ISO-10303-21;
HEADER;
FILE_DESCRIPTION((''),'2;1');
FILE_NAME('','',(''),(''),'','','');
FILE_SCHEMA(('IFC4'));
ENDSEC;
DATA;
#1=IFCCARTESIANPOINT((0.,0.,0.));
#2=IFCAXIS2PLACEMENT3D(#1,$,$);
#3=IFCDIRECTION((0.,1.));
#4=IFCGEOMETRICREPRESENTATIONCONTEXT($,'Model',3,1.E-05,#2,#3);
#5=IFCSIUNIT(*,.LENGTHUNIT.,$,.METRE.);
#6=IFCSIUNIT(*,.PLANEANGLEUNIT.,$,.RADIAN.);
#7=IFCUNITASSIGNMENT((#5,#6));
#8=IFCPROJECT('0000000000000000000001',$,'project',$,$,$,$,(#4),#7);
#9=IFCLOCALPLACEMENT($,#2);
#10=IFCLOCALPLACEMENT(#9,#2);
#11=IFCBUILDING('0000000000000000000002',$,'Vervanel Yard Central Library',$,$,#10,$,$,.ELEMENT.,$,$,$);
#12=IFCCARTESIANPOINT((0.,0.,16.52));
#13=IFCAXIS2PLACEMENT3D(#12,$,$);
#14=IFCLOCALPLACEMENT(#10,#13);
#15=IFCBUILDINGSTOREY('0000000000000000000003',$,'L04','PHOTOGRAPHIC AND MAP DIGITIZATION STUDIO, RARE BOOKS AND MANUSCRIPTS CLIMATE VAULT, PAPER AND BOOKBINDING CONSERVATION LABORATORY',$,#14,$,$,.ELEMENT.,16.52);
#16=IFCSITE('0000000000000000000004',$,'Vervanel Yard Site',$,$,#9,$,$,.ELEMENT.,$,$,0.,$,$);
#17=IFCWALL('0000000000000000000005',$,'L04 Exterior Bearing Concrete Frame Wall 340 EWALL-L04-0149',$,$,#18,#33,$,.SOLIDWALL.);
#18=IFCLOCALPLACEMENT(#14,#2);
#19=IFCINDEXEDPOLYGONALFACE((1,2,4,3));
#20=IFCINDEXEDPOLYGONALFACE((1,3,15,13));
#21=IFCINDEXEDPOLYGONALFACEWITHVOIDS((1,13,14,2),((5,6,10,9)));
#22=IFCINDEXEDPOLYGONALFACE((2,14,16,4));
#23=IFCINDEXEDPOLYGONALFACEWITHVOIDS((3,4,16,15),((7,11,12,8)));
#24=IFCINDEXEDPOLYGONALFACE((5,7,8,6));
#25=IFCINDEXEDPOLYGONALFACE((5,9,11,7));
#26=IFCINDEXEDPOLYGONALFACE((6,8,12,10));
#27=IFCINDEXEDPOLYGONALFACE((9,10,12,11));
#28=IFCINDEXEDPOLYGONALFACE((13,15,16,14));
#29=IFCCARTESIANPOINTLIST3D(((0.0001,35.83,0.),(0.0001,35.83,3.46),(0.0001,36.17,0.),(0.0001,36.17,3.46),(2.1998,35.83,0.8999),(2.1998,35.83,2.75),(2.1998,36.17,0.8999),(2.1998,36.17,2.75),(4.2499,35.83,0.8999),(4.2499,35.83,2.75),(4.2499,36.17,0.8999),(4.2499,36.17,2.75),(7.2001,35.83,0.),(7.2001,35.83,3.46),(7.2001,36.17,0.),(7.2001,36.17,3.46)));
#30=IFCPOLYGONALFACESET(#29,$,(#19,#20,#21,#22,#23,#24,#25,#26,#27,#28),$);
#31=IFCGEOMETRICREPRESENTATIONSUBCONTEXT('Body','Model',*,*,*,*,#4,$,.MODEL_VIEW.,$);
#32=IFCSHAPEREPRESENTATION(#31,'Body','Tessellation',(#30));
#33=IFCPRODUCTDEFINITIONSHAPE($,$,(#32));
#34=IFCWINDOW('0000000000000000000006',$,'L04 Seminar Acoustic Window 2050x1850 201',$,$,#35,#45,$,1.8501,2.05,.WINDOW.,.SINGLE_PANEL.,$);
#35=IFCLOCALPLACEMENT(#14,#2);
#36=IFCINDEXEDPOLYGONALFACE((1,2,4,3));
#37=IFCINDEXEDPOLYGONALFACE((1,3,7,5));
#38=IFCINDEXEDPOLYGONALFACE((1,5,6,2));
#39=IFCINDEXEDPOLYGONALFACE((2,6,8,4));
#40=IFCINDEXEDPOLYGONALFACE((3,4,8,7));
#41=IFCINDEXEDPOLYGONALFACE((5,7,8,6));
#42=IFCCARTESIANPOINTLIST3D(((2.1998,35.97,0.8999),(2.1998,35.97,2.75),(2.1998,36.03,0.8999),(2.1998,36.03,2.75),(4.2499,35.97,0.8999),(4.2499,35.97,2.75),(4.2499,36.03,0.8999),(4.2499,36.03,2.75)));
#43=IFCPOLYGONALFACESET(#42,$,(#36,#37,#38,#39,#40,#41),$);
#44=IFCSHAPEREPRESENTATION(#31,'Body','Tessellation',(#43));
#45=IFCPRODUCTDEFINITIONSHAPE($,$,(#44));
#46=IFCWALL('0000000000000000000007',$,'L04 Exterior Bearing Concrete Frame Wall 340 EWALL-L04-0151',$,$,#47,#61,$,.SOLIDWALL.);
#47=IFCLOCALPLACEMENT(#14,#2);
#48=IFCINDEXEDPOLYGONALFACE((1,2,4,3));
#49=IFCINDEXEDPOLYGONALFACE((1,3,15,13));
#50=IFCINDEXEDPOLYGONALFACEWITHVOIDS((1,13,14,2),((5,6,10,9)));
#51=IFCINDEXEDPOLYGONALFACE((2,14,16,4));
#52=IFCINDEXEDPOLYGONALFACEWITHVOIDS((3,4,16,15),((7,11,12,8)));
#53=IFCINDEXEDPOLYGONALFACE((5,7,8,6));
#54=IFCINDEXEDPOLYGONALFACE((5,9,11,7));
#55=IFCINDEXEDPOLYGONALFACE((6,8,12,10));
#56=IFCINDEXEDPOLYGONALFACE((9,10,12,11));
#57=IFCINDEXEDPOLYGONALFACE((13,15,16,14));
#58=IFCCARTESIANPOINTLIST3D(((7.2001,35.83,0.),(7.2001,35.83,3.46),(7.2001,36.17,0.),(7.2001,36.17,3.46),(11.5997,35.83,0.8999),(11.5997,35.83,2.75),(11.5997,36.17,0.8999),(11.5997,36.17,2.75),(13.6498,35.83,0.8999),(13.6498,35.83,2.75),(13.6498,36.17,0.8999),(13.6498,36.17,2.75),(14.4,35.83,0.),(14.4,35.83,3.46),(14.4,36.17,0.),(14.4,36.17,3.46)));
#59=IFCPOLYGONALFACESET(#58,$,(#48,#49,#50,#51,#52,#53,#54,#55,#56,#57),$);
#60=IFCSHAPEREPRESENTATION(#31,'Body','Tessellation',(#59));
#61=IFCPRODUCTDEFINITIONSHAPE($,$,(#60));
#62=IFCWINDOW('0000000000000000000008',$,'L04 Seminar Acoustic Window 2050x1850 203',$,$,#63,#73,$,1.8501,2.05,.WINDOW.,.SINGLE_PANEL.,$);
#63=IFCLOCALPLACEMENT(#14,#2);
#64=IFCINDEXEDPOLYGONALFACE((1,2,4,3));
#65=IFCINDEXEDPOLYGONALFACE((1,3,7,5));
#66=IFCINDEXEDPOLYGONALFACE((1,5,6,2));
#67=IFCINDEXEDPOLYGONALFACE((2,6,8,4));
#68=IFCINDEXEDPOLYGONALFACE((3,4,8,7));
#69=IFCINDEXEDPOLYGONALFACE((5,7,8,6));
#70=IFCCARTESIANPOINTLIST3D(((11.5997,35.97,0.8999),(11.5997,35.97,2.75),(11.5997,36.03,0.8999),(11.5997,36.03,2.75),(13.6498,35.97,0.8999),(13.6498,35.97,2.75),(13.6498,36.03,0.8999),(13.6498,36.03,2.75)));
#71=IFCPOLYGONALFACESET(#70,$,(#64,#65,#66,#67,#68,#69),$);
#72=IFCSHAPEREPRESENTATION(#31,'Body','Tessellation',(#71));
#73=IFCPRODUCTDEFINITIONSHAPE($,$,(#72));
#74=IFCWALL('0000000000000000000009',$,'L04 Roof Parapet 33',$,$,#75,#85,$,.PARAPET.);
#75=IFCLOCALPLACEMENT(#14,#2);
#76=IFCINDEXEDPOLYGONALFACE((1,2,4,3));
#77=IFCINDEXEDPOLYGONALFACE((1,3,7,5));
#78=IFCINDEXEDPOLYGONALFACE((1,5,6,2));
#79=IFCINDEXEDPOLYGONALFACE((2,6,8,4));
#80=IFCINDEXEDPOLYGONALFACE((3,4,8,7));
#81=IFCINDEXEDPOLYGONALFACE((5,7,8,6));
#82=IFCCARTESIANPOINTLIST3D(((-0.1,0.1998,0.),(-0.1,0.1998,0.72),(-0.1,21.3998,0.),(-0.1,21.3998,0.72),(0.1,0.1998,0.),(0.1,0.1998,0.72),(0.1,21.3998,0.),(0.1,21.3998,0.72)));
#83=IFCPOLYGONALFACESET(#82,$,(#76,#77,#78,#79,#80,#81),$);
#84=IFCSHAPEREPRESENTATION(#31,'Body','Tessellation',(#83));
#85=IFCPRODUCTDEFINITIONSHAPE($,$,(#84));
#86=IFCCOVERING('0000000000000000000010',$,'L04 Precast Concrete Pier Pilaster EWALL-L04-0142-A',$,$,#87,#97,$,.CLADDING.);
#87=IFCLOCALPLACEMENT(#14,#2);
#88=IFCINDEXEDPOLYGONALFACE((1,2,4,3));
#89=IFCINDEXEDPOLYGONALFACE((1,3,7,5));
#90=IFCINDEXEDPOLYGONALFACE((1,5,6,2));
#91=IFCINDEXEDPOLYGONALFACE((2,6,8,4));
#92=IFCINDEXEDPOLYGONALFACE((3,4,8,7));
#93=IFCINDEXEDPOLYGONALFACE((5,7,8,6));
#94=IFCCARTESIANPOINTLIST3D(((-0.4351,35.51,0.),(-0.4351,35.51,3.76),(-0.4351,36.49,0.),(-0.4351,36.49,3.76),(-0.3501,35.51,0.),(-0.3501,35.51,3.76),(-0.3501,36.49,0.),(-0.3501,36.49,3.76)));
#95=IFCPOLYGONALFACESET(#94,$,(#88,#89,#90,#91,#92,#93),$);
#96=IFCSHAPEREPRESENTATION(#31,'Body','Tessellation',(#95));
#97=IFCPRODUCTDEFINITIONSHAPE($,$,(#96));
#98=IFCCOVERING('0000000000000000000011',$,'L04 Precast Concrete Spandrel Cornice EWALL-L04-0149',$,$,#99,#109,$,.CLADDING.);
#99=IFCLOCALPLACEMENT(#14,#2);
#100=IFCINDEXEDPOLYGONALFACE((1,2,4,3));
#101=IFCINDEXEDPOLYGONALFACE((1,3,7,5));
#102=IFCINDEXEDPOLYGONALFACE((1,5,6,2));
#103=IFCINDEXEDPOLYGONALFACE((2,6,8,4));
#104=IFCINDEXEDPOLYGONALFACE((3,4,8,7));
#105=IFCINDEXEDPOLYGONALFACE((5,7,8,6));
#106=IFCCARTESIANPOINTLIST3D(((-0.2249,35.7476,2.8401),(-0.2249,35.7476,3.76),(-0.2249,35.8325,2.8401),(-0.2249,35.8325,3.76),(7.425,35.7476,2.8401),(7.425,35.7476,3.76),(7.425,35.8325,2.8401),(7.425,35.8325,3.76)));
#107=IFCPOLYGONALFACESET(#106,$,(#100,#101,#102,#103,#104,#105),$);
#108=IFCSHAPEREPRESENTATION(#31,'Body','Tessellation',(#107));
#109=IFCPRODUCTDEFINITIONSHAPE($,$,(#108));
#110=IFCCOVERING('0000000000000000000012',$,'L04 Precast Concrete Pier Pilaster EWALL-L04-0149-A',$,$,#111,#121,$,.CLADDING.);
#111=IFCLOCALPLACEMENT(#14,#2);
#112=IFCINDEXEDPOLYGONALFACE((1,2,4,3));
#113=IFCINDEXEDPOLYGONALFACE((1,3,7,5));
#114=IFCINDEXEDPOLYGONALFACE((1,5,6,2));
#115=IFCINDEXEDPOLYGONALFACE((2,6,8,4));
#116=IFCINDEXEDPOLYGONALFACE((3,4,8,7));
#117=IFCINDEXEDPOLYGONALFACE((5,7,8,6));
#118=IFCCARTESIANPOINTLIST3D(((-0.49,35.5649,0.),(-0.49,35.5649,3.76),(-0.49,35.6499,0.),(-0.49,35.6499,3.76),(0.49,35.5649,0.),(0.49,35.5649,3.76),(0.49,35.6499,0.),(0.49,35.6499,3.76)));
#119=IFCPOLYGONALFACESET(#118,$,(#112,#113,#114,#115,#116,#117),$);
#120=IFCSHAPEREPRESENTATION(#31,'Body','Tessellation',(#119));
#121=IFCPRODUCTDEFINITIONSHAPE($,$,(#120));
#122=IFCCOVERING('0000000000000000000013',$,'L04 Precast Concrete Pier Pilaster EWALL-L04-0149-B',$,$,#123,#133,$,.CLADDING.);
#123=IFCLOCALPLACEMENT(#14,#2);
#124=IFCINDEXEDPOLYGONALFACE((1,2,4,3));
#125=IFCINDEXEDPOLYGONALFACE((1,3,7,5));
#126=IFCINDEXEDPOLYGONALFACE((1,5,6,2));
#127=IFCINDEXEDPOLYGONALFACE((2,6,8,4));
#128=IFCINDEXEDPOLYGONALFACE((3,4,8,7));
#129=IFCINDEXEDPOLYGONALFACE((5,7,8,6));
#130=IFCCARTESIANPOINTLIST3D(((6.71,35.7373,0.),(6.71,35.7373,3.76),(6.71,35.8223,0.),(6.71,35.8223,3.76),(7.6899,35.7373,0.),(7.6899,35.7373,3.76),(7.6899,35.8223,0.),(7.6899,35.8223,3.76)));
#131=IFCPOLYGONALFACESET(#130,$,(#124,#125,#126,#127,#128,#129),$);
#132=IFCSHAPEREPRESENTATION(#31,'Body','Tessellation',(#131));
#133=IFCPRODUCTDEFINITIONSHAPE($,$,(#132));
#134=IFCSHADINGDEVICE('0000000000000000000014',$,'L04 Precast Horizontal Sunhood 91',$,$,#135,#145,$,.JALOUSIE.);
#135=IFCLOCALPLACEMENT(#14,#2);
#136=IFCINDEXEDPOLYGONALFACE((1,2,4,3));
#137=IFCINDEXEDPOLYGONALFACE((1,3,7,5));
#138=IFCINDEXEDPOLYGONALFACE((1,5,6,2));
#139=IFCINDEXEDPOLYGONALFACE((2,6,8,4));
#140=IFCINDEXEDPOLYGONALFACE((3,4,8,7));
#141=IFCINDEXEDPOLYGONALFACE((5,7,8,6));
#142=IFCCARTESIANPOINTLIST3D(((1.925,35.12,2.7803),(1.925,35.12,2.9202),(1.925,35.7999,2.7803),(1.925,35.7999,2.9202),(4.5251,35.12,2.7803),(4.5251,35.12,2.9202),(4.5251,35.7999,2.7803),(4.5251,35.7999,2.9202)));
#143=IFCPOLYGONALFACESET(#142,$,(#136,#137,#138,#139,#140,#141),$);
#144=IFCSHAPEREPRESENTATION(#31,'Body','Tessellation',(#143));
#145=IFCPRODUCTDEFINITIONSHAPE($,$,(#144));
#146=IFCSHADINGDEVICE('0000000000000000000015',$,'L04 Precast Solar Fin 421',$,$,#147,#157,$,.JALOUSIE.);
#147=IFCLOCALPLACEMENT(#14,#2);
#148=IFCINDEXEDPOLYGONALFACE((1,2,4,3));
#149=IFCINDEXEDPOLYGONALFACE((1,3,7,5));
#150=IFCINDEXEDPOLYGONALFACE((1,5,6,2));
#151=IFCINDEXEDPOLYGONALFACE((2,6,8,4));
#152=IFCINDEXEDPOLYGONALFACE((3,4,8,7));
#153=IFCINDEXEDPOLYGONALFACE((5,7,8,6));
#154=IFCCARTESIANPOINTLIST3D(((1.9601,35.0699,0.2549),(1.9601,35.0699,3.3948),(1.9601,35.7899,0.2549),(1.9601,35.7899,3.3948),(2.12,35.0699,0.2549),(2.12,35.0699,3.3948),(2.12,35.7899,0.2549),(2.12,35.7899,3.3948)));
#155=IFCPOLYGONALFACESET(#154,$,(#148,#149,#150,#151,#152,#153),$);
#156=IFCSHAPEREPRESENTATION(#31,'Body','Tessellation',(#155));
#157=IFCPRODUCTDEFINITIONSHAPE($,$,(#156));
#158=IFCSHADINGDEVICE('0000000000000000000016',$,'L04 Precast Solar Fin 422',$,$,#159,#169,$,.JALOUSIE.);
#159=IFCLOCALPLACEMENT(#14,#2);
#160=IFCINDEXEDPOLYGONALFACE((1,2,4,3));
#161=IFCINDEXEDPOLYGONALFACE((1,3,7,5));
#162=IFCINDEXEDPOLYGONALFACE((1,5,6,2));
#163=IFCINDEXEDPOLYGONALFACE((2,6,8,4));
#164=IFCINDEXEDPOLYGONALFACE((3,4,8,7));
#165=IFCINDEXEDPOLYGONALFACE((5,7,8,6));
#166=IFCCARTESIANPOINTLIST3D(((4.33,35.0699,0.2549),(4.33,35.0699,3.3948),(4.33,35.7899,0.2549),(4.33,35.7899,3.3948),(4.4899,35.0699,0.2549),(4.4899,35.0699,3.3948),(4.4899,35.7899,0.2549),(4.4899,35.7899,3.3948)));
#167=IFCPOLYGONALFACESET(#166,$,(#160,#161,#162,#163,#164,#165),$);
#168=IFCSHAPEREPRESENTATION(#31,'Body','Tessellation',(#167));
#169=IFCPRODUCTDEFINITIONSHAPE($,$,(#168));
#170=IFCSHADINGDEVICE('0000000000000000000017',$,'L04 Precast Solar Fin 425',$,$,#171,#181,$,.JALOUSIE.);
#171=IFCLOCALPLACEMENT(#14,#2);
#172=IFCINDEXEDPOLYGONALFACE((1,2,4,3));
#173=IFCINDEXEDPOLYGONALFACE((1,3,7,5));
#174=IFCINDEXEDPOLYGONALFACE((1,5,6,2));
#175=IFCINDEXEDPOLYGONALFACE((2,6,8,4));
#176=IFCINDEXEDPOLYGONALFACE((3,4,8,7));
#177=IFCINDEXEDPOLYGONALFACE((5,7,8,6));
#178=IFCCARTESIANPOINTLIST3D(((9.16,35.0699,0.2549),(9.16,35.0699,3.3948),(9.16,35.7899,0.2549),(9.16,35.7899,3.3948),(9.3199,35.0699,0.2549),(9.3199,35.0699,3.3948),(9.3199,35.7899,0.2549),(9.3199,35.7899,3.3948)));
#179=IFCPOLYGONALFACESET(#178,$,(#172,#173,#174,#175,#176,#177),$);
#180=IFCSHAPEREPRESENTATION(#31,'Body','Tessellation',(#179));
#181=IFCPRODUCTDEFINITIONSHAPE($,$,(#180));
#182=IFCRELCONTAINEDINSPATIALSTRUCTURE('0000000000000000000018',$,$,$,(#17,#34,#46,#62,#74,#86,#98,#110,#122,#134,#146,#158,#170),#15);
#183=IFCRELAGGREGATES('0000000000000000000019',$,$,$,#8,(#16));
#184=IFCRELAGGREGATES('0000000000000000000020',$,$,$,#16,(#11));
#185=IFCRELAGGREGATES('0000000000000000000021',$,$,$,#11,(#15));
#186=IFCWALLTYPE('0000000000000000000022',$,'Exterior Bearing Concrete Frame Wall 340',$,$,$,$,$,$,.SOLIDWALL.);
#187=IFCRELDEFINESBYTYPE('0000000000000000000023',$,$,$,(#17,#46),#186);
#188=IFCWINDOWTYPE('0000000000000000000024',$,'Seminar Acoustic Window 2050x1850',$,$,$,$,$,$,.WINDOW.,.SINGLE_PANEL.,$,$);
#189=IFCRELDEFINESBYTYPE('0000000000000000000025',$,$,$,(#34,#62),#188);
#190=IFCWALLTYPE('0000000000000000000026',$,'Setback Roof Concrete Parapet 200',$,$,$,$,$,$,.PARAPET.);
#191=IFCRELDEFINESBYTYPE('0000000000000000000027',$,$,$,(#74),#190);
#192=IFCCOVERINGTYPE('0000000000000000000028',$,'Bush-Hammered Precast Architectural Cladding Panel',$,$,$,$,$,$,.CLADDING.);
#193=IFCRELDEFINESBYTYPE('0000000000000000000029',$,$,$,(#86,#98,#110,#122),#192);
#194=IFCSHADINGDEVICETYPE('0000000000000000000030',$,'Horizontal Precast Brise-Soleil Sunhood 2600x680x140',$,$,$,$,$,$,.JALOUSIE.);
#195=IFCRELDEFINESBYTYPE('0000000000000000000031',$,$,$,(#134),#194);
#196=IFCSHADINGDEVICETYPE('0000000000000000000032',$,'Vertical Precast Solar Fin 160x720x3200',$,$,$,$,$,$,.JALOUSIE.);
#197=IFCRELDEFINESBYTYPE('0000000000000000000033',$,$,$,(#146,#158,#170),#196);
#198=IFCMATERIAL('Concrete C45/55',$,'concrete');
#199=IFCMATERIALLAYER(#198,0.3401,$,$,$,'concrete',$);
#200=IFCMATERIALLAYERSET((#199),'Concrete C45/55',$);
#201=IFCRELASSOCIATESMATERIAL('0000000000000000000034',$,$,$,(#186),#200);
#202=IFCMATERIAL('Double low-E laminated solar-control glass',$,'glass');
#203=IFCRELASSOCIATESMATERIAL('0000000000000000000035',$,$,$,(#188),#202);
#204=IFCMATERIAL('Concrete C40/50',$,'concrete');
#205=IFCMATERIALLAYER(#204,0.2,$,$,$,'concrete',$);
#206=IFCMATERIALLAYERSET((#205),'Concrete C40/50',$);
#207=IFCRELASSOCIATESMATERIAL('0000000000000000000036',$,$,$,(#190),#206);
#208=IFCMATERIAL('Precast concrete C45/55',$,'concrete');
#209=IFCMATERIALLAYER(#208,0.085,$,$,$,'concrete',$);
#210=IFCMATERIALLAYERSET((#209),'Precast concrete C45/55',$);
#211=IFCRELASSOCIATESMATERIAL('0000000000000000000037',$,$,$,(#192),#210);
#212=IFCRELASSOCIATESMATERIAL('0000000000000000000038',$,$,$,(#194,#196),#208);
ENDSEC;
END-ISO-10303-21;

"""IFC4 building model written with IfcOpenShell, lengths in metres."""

from ifc_helpers import new_model, si_unit, direction, frame, frame_2d, origin, origin_2d, place, context, subcontext, project, spatial, rectangle, extrude, material, layer, layer_set, type_object, element, fill, save


model = new_model("IFC4")

# Units and contexts
model_context = context("Model", 3, precision=1e-05, world=origin(), true_north=direction((0.0, 1.0)))
body_context = subcontext(model_context, "Body", "Model", "MODEL_VIEW")
ifc_project = project(units=[si_unit("LENGTHUNIT", "METRE"), si_unit("PLANEANGLEUNIT", "RADIAN")], contexts=[model_context])

# Site, building, storey
site_placement = place(None, origin())
site = spatial("IfcSite", under=ifc_project, at=site_placement, Name="Vervanel Yard Site", CompositionType="ELEMENT", RefElevation=0.0)
building_placement = place(site_placement, origin())
building = spatial("IfcBuilding", under=site, at=building_placement, Name="Vervanel Yard Central Library", CompositionType="ELEMENT")
storey_placement = place(building_placement, frame((0.0, 0.0, 16.52)))
storey = spatial("IfcBuildingStorey", under=building, at=storey_placement, Name="L04", Description="PHOTOGRAPHIC AND MAP DIGITIZATION STUDIO, RARE BOOKS AND MANUSCRIPTS CLIMATE VAULT, PAPER AND BOOKBINDING CONSERVATION LABORATORY", CompositionType="ELEMENT", Elevation=16.52)

# Shared definitions
ifc_material_1 = material(Name="Concrete C40/50", Category="concrete")

# Shared definitions
ifc_material_2 = material(Name="Concrete C45/55", Category="concrete")
ifc_layer_1 = layer(ifc_material_2, 0.3401, Category="concrete")
ifc_layer_set_1 = layer_set([ifc_layer_1], Name="Concrete C45/55")
wall_type_1 = type_object("IfcWallType", Name="Exterior Bearing Concrete Frame Wall 340", PredefinedType="SOLIDWALL", material=ifc_layer_set_1)
ifc_material_3 = material(Name="Double low-E laminated solar-control glass", Category="glass")

# Walls, openings, windows
wall_1_placement = place(storey_placement, frame((0.0, 36.0, 0.0), z_axis=(0.0, 0.0, 1.0), x_axis=(1.0, 0.0, 0.0)))
wall_1 = element("IfcWall", 1, at=wall_1_placement, inside=storey, type_object=wall_type_1, Name="L04 Exterior Bearing Concrete Frame Wall 340 EWALL-L04-0149", PredefinedType="SOLIDWALL", context=body_context, shape_type="SweptSolid", body=[
    extrude(rectangle(XDim=7.2, YDim=0.3401, at=frame_2d((3.6001, 0.0))), origin(), (0.0, 0.0, 1.0), 3.46),
])
opening_1_placement = place(wall_1_placement, frame((2.2, 0.0, 0.8999)))
opening_1 = element("IfcOpeningElement", 2, at=opening_1_placement, cuts=wall_1, PredefinedType="OPENING", context=body_context, shape_type="SweptSolid", body=[
    extrude(rectangle(XDim=2.05, YDim=1.8501, at=frame_2d((1.0249, 0.925))), frame((0.0, 0.1799, 0.0), z_axis=(0.0, -1.0, 0.0), x_axis=(1.0, 0.0, 0.0)), (0.0, 0.0, 1.0), 0.3601),
])
window_type_1 = type_object("IfcWindowType", Name="Seminar Acoustic Window 2050x1850", PartitioningType="SINGLE_PANEL", PredefinedType="WINDOW", material=ifc_material_3)
window_1_placement = place(opening_1_placement, origin())
window_1 = element("IfcWindow", 3, at=window_1_placement, inside=storey, type_object=window_type_1, Name="L04 Seminar Acoustic Window 2050x1850 201", OverallHeight=1.8501, OverallWidth=2.05, PartitioningType="SINGLE_PANEL", PredefinedType="WINDOW", context=body_context, shape_type="SweptSolid", body=[
    extrude(rectangle(XDim=2.05, YDim=1.8501, at=frame_2d((1.0249, 0.925))), frame((0.0, 0.03, 0.0), z_axis=(0.0, -1.0, 0.0), x_axis=(1.0, 0.0, 0.0)), (0.0, 0.0, 1.0), 0.0601),
])
fill(opening_1, window_1)
wall_2_placement = place(storey_placement, frame((7.2, 36.0, 0.0), z_axis=(0.0, 0.0, 1.0), x_axis=(1.0, 0.0, 0.0)))
wall_2 = element("IfcWall", 4, at=wall_2_placement, inside=storey, type_object=wall_type_1, Name="L04 Exterior Bearing Concrete Frame Wall 340 EWALL-L04-0151", PredefinedType="SOLIDWALL", context=body_context, shape_type="SweptSolid", body=[
    extrude(rectangle(XDim=7.2, YDim=0.3401, at=frame_2d((3.6001, 0.0))), origin(), (0.0, 0.0, 1.0), 3.46),
])
opening_2_placement = place(wall_2_placement, frame((4.3999, 0.0, 0.8999)))
opening_2 = element("IfcOpeningElement", 5, at=opening_2_placement, cuts=wall_2, PredefinedType="OPENING", context=body_context, shape_type="SweptSolid", body=[
    extrude(rectangle(XDim=2.05, YDim=1.8501, at=frame_2d((1.0249, 0.925))), frame((0.0, 0.1799, 0.0), z_axis=(0.0, -1.0, 0.0), x_axis=(1.0, 0.0, 0.0)), (0.0, 0.0, 1.0), 0.3601),
])
window_2_placement = place(opening_2_placement, origin())
window_2 = element("IfcWindow", 6, at=window_2_placement, inside=storey, type_object=window_type_1, Name="L04 Seminar Acoustic Window 2050x1850 203", OverallHeight=1.8501, OverallWidth=2.05, PartitioningType="SINGLE_PANEL", PredefinedType="WINDOW", context=body_context, shape_type="SweptSolid", body=[
    extrude(rectangle(XDim=2.05, YDim=1.8501, at=frame_2d((1.0249, 0.925))), frame((0.0, 0.03, 0.0), z_axis=(0.0, -1.0, 0.0), x_axis=(1.0, 0.0, 0.0)), (0.0, 0.0, 1.0), 0.0601),
])
fill(opening_2, window_2)

# Wall
ifc_layer_2 = layer(ifc_material_1, 0.2, Category="concrete")
ifc_layer_set_2 = layer_set([ifc_layer_2], Name="Concrete C40/50")
wall_type_2 = type_object("IfcWallType", Name="Setback Roof Concrete Parapet 200", PredefinedType="PARAPET", material=ifc_layer_set_2)
wall_3_placement = place(storey_placement, frame((0.0, 21.3999, 0.0), z_axis=(0.0, 0.0, 1.0), x_axis=(0.0, -1.0, 0.0)))
element("IfcWall", 7, at=wall_3_placement, inside=storey, type_object=wall_type_2, Name="L04 Roof Parapet 33", PredefinedType="PARAPET", context=body_context, shape_type="SweptSolid", body=[
    extrude(rectangle(XDim=21.2, YDim=0.2, at=frame_2d((10.6001, 0.0))), origin(), (0.0, 0.0, 1.0), 0.72),
])

# Coverings
ifc_material_4 = material(Name="Precast concrete C45/55", Category="concrete")
ifc_layer_3 = layer(ifc_material_4, 0.085, Category="concrete")
ifc_layer_set_3 = layer_set([ifc_layer_3], Name="Precast concrete C45/55")
covering_type = type_object("IfcCoveringType", Name="Bush-Hammered Precast Architectural Cladding Panel", PredefinedType="CLADDING", material=ifc_layer_set_3)
covering_1_placement = place(storey_placement, frame((-0.3926, 36.0, 0.0), z_axis=(0.0, 0.0, 1.0), x_axis=(0.0, 1.0, 0.0)))
element("IfcCovering", 8, at=covering_1_placement, inside=storey, type_object=covering_type, Name="L04 Precast Concrete Pier Pilaster EWALL-L04-0142-A", PredefinedType="CLADDING", context=body_context, shape_type="SweptSolid", body=[
    extrude(rectangle(XDim=0.98, YDim=0.085, at=origin_2d()), origin(), (0.0, 0.0, 1.0), 3.76),
])
covering_2_placement = place(storey_placement, frame((3.6001, 35.79, 2.8401), z_axis=(0.0, 0.0, 1.0), x_axis=(1.0, 0.0, 0.0)))
element("IfcCovering", 9, at=covering_2_placement, inside=storey, type_object=covering_type, Name="L04 Precast Concrete Spandrel Cornice EWALL-L04-0149", PredefinedType="CLADDING", context=body_context, shape_type="SweptSolid", body=[
    extrude(rectangle(XDim=7.6499, YDim=0.085, at=origin_2d()), origin(), (0.0, 0.0, 1.0), 0.9199),
])
for number, where, z_axis, x_axis, name in (
    (10, (0.0, 35.6074, 0.0), (0.0, 0.0, 1.0), (1.0, 0.0, 0.0), "L04 Precast Concrete Pier Pilaster EWALL-L04-0149-A"),
    (11, (7.2, 35.7798, 0.0), (0.0, 0.0, 1.0), (1.0, 0.0, 0.0), "L04 Precast Concrete Pier Pilaster EWALL-L04-0149-B"),
):
    element("IfcCovering", number, at=place(storey_placement, frame(where, z_axis=z_axis, x_axis=x_axis)), inside=storey, type_object=covering_type, Name=name, PredefinedType="CLADDING", context=body_context, shape_type="SweptSolid", body=[
        extrude(rectangle(XDim=0.98, YDim=0.085, at=origin_2d()), origin(), (0.0, 0.0, 1.0), 3.76),
    ])

# Shading devices
shading_device_type_1 = type_object("IfcShadingDeviceType", Name="Horizontal Precast Brise-Soleil Sunhood 2600x680x140", PredefinedType="JALOUSIE", material=ifc_material_4)
shading_device_placement = place(storey_placement, frame((3.2251, 35.46, 2.7803), z_axis=(0.0, 0.0, 1.0), x_axis=(1.0, 0.0, 0.0)))
element("IfcShadingDevice", 12, at=shading_device_placement, inside=storey, type_object=shading_device_type_1, Name="L04 Precast Horizontal Sunhood 91", PredefinedType="JALOUSIE", context=body_context, shape_type="SweptSolid", body=[
    extrude(rectangle(XDim=2.6001, YDim=0.6799, at=origin_2d()), origin(), (0.0, 0.0, 1.0), 0.1399),
])
shading_device_type_2 = type_object("IfcShadingDeviceType", Name="Vertical Precast Solar Fin 160x720x3200", PredefinedType="JALOUSIE", material=ifc_material_4)
for number, where, z_axis, x_axis, name in (
    (13, (2.04, 35.4299, 0.2549), (0.0, 0.0, 1.0), (1.0, 0.0, 0.0), "L04 Precast Solar Fin 421"),
    (14, (4.4099, 35.4299, 0.2549), (0.0, 0.0, 1.0), (1.0, 0.0, 0.0), "L04 Precast Solar Fin 422"),
    (15, (9.24, 35.4299, 0.2549), (0.0, 0.0, 1.0), (1.0, 0.0, 0.0), "L04 Precast Solar Fin 425"),
):
    element("IfcShadingDevice", number, at=place(storey_placement, frame(where, z_axis=z_axis, x_axis=x_axis)), inside=storey, type_object=shading_device_type_2, Name=name, PredefinedType="JALOUSIE", context=body_context, shape_type="SweptSolid", body=[
        extrude(rectangle(XDim=0.1599, YDim=0.72, at=origin_2d()), origin(), (0.0, 0.0, 1.0), 3.1399),
    ])

save(model, "model.ifc")
